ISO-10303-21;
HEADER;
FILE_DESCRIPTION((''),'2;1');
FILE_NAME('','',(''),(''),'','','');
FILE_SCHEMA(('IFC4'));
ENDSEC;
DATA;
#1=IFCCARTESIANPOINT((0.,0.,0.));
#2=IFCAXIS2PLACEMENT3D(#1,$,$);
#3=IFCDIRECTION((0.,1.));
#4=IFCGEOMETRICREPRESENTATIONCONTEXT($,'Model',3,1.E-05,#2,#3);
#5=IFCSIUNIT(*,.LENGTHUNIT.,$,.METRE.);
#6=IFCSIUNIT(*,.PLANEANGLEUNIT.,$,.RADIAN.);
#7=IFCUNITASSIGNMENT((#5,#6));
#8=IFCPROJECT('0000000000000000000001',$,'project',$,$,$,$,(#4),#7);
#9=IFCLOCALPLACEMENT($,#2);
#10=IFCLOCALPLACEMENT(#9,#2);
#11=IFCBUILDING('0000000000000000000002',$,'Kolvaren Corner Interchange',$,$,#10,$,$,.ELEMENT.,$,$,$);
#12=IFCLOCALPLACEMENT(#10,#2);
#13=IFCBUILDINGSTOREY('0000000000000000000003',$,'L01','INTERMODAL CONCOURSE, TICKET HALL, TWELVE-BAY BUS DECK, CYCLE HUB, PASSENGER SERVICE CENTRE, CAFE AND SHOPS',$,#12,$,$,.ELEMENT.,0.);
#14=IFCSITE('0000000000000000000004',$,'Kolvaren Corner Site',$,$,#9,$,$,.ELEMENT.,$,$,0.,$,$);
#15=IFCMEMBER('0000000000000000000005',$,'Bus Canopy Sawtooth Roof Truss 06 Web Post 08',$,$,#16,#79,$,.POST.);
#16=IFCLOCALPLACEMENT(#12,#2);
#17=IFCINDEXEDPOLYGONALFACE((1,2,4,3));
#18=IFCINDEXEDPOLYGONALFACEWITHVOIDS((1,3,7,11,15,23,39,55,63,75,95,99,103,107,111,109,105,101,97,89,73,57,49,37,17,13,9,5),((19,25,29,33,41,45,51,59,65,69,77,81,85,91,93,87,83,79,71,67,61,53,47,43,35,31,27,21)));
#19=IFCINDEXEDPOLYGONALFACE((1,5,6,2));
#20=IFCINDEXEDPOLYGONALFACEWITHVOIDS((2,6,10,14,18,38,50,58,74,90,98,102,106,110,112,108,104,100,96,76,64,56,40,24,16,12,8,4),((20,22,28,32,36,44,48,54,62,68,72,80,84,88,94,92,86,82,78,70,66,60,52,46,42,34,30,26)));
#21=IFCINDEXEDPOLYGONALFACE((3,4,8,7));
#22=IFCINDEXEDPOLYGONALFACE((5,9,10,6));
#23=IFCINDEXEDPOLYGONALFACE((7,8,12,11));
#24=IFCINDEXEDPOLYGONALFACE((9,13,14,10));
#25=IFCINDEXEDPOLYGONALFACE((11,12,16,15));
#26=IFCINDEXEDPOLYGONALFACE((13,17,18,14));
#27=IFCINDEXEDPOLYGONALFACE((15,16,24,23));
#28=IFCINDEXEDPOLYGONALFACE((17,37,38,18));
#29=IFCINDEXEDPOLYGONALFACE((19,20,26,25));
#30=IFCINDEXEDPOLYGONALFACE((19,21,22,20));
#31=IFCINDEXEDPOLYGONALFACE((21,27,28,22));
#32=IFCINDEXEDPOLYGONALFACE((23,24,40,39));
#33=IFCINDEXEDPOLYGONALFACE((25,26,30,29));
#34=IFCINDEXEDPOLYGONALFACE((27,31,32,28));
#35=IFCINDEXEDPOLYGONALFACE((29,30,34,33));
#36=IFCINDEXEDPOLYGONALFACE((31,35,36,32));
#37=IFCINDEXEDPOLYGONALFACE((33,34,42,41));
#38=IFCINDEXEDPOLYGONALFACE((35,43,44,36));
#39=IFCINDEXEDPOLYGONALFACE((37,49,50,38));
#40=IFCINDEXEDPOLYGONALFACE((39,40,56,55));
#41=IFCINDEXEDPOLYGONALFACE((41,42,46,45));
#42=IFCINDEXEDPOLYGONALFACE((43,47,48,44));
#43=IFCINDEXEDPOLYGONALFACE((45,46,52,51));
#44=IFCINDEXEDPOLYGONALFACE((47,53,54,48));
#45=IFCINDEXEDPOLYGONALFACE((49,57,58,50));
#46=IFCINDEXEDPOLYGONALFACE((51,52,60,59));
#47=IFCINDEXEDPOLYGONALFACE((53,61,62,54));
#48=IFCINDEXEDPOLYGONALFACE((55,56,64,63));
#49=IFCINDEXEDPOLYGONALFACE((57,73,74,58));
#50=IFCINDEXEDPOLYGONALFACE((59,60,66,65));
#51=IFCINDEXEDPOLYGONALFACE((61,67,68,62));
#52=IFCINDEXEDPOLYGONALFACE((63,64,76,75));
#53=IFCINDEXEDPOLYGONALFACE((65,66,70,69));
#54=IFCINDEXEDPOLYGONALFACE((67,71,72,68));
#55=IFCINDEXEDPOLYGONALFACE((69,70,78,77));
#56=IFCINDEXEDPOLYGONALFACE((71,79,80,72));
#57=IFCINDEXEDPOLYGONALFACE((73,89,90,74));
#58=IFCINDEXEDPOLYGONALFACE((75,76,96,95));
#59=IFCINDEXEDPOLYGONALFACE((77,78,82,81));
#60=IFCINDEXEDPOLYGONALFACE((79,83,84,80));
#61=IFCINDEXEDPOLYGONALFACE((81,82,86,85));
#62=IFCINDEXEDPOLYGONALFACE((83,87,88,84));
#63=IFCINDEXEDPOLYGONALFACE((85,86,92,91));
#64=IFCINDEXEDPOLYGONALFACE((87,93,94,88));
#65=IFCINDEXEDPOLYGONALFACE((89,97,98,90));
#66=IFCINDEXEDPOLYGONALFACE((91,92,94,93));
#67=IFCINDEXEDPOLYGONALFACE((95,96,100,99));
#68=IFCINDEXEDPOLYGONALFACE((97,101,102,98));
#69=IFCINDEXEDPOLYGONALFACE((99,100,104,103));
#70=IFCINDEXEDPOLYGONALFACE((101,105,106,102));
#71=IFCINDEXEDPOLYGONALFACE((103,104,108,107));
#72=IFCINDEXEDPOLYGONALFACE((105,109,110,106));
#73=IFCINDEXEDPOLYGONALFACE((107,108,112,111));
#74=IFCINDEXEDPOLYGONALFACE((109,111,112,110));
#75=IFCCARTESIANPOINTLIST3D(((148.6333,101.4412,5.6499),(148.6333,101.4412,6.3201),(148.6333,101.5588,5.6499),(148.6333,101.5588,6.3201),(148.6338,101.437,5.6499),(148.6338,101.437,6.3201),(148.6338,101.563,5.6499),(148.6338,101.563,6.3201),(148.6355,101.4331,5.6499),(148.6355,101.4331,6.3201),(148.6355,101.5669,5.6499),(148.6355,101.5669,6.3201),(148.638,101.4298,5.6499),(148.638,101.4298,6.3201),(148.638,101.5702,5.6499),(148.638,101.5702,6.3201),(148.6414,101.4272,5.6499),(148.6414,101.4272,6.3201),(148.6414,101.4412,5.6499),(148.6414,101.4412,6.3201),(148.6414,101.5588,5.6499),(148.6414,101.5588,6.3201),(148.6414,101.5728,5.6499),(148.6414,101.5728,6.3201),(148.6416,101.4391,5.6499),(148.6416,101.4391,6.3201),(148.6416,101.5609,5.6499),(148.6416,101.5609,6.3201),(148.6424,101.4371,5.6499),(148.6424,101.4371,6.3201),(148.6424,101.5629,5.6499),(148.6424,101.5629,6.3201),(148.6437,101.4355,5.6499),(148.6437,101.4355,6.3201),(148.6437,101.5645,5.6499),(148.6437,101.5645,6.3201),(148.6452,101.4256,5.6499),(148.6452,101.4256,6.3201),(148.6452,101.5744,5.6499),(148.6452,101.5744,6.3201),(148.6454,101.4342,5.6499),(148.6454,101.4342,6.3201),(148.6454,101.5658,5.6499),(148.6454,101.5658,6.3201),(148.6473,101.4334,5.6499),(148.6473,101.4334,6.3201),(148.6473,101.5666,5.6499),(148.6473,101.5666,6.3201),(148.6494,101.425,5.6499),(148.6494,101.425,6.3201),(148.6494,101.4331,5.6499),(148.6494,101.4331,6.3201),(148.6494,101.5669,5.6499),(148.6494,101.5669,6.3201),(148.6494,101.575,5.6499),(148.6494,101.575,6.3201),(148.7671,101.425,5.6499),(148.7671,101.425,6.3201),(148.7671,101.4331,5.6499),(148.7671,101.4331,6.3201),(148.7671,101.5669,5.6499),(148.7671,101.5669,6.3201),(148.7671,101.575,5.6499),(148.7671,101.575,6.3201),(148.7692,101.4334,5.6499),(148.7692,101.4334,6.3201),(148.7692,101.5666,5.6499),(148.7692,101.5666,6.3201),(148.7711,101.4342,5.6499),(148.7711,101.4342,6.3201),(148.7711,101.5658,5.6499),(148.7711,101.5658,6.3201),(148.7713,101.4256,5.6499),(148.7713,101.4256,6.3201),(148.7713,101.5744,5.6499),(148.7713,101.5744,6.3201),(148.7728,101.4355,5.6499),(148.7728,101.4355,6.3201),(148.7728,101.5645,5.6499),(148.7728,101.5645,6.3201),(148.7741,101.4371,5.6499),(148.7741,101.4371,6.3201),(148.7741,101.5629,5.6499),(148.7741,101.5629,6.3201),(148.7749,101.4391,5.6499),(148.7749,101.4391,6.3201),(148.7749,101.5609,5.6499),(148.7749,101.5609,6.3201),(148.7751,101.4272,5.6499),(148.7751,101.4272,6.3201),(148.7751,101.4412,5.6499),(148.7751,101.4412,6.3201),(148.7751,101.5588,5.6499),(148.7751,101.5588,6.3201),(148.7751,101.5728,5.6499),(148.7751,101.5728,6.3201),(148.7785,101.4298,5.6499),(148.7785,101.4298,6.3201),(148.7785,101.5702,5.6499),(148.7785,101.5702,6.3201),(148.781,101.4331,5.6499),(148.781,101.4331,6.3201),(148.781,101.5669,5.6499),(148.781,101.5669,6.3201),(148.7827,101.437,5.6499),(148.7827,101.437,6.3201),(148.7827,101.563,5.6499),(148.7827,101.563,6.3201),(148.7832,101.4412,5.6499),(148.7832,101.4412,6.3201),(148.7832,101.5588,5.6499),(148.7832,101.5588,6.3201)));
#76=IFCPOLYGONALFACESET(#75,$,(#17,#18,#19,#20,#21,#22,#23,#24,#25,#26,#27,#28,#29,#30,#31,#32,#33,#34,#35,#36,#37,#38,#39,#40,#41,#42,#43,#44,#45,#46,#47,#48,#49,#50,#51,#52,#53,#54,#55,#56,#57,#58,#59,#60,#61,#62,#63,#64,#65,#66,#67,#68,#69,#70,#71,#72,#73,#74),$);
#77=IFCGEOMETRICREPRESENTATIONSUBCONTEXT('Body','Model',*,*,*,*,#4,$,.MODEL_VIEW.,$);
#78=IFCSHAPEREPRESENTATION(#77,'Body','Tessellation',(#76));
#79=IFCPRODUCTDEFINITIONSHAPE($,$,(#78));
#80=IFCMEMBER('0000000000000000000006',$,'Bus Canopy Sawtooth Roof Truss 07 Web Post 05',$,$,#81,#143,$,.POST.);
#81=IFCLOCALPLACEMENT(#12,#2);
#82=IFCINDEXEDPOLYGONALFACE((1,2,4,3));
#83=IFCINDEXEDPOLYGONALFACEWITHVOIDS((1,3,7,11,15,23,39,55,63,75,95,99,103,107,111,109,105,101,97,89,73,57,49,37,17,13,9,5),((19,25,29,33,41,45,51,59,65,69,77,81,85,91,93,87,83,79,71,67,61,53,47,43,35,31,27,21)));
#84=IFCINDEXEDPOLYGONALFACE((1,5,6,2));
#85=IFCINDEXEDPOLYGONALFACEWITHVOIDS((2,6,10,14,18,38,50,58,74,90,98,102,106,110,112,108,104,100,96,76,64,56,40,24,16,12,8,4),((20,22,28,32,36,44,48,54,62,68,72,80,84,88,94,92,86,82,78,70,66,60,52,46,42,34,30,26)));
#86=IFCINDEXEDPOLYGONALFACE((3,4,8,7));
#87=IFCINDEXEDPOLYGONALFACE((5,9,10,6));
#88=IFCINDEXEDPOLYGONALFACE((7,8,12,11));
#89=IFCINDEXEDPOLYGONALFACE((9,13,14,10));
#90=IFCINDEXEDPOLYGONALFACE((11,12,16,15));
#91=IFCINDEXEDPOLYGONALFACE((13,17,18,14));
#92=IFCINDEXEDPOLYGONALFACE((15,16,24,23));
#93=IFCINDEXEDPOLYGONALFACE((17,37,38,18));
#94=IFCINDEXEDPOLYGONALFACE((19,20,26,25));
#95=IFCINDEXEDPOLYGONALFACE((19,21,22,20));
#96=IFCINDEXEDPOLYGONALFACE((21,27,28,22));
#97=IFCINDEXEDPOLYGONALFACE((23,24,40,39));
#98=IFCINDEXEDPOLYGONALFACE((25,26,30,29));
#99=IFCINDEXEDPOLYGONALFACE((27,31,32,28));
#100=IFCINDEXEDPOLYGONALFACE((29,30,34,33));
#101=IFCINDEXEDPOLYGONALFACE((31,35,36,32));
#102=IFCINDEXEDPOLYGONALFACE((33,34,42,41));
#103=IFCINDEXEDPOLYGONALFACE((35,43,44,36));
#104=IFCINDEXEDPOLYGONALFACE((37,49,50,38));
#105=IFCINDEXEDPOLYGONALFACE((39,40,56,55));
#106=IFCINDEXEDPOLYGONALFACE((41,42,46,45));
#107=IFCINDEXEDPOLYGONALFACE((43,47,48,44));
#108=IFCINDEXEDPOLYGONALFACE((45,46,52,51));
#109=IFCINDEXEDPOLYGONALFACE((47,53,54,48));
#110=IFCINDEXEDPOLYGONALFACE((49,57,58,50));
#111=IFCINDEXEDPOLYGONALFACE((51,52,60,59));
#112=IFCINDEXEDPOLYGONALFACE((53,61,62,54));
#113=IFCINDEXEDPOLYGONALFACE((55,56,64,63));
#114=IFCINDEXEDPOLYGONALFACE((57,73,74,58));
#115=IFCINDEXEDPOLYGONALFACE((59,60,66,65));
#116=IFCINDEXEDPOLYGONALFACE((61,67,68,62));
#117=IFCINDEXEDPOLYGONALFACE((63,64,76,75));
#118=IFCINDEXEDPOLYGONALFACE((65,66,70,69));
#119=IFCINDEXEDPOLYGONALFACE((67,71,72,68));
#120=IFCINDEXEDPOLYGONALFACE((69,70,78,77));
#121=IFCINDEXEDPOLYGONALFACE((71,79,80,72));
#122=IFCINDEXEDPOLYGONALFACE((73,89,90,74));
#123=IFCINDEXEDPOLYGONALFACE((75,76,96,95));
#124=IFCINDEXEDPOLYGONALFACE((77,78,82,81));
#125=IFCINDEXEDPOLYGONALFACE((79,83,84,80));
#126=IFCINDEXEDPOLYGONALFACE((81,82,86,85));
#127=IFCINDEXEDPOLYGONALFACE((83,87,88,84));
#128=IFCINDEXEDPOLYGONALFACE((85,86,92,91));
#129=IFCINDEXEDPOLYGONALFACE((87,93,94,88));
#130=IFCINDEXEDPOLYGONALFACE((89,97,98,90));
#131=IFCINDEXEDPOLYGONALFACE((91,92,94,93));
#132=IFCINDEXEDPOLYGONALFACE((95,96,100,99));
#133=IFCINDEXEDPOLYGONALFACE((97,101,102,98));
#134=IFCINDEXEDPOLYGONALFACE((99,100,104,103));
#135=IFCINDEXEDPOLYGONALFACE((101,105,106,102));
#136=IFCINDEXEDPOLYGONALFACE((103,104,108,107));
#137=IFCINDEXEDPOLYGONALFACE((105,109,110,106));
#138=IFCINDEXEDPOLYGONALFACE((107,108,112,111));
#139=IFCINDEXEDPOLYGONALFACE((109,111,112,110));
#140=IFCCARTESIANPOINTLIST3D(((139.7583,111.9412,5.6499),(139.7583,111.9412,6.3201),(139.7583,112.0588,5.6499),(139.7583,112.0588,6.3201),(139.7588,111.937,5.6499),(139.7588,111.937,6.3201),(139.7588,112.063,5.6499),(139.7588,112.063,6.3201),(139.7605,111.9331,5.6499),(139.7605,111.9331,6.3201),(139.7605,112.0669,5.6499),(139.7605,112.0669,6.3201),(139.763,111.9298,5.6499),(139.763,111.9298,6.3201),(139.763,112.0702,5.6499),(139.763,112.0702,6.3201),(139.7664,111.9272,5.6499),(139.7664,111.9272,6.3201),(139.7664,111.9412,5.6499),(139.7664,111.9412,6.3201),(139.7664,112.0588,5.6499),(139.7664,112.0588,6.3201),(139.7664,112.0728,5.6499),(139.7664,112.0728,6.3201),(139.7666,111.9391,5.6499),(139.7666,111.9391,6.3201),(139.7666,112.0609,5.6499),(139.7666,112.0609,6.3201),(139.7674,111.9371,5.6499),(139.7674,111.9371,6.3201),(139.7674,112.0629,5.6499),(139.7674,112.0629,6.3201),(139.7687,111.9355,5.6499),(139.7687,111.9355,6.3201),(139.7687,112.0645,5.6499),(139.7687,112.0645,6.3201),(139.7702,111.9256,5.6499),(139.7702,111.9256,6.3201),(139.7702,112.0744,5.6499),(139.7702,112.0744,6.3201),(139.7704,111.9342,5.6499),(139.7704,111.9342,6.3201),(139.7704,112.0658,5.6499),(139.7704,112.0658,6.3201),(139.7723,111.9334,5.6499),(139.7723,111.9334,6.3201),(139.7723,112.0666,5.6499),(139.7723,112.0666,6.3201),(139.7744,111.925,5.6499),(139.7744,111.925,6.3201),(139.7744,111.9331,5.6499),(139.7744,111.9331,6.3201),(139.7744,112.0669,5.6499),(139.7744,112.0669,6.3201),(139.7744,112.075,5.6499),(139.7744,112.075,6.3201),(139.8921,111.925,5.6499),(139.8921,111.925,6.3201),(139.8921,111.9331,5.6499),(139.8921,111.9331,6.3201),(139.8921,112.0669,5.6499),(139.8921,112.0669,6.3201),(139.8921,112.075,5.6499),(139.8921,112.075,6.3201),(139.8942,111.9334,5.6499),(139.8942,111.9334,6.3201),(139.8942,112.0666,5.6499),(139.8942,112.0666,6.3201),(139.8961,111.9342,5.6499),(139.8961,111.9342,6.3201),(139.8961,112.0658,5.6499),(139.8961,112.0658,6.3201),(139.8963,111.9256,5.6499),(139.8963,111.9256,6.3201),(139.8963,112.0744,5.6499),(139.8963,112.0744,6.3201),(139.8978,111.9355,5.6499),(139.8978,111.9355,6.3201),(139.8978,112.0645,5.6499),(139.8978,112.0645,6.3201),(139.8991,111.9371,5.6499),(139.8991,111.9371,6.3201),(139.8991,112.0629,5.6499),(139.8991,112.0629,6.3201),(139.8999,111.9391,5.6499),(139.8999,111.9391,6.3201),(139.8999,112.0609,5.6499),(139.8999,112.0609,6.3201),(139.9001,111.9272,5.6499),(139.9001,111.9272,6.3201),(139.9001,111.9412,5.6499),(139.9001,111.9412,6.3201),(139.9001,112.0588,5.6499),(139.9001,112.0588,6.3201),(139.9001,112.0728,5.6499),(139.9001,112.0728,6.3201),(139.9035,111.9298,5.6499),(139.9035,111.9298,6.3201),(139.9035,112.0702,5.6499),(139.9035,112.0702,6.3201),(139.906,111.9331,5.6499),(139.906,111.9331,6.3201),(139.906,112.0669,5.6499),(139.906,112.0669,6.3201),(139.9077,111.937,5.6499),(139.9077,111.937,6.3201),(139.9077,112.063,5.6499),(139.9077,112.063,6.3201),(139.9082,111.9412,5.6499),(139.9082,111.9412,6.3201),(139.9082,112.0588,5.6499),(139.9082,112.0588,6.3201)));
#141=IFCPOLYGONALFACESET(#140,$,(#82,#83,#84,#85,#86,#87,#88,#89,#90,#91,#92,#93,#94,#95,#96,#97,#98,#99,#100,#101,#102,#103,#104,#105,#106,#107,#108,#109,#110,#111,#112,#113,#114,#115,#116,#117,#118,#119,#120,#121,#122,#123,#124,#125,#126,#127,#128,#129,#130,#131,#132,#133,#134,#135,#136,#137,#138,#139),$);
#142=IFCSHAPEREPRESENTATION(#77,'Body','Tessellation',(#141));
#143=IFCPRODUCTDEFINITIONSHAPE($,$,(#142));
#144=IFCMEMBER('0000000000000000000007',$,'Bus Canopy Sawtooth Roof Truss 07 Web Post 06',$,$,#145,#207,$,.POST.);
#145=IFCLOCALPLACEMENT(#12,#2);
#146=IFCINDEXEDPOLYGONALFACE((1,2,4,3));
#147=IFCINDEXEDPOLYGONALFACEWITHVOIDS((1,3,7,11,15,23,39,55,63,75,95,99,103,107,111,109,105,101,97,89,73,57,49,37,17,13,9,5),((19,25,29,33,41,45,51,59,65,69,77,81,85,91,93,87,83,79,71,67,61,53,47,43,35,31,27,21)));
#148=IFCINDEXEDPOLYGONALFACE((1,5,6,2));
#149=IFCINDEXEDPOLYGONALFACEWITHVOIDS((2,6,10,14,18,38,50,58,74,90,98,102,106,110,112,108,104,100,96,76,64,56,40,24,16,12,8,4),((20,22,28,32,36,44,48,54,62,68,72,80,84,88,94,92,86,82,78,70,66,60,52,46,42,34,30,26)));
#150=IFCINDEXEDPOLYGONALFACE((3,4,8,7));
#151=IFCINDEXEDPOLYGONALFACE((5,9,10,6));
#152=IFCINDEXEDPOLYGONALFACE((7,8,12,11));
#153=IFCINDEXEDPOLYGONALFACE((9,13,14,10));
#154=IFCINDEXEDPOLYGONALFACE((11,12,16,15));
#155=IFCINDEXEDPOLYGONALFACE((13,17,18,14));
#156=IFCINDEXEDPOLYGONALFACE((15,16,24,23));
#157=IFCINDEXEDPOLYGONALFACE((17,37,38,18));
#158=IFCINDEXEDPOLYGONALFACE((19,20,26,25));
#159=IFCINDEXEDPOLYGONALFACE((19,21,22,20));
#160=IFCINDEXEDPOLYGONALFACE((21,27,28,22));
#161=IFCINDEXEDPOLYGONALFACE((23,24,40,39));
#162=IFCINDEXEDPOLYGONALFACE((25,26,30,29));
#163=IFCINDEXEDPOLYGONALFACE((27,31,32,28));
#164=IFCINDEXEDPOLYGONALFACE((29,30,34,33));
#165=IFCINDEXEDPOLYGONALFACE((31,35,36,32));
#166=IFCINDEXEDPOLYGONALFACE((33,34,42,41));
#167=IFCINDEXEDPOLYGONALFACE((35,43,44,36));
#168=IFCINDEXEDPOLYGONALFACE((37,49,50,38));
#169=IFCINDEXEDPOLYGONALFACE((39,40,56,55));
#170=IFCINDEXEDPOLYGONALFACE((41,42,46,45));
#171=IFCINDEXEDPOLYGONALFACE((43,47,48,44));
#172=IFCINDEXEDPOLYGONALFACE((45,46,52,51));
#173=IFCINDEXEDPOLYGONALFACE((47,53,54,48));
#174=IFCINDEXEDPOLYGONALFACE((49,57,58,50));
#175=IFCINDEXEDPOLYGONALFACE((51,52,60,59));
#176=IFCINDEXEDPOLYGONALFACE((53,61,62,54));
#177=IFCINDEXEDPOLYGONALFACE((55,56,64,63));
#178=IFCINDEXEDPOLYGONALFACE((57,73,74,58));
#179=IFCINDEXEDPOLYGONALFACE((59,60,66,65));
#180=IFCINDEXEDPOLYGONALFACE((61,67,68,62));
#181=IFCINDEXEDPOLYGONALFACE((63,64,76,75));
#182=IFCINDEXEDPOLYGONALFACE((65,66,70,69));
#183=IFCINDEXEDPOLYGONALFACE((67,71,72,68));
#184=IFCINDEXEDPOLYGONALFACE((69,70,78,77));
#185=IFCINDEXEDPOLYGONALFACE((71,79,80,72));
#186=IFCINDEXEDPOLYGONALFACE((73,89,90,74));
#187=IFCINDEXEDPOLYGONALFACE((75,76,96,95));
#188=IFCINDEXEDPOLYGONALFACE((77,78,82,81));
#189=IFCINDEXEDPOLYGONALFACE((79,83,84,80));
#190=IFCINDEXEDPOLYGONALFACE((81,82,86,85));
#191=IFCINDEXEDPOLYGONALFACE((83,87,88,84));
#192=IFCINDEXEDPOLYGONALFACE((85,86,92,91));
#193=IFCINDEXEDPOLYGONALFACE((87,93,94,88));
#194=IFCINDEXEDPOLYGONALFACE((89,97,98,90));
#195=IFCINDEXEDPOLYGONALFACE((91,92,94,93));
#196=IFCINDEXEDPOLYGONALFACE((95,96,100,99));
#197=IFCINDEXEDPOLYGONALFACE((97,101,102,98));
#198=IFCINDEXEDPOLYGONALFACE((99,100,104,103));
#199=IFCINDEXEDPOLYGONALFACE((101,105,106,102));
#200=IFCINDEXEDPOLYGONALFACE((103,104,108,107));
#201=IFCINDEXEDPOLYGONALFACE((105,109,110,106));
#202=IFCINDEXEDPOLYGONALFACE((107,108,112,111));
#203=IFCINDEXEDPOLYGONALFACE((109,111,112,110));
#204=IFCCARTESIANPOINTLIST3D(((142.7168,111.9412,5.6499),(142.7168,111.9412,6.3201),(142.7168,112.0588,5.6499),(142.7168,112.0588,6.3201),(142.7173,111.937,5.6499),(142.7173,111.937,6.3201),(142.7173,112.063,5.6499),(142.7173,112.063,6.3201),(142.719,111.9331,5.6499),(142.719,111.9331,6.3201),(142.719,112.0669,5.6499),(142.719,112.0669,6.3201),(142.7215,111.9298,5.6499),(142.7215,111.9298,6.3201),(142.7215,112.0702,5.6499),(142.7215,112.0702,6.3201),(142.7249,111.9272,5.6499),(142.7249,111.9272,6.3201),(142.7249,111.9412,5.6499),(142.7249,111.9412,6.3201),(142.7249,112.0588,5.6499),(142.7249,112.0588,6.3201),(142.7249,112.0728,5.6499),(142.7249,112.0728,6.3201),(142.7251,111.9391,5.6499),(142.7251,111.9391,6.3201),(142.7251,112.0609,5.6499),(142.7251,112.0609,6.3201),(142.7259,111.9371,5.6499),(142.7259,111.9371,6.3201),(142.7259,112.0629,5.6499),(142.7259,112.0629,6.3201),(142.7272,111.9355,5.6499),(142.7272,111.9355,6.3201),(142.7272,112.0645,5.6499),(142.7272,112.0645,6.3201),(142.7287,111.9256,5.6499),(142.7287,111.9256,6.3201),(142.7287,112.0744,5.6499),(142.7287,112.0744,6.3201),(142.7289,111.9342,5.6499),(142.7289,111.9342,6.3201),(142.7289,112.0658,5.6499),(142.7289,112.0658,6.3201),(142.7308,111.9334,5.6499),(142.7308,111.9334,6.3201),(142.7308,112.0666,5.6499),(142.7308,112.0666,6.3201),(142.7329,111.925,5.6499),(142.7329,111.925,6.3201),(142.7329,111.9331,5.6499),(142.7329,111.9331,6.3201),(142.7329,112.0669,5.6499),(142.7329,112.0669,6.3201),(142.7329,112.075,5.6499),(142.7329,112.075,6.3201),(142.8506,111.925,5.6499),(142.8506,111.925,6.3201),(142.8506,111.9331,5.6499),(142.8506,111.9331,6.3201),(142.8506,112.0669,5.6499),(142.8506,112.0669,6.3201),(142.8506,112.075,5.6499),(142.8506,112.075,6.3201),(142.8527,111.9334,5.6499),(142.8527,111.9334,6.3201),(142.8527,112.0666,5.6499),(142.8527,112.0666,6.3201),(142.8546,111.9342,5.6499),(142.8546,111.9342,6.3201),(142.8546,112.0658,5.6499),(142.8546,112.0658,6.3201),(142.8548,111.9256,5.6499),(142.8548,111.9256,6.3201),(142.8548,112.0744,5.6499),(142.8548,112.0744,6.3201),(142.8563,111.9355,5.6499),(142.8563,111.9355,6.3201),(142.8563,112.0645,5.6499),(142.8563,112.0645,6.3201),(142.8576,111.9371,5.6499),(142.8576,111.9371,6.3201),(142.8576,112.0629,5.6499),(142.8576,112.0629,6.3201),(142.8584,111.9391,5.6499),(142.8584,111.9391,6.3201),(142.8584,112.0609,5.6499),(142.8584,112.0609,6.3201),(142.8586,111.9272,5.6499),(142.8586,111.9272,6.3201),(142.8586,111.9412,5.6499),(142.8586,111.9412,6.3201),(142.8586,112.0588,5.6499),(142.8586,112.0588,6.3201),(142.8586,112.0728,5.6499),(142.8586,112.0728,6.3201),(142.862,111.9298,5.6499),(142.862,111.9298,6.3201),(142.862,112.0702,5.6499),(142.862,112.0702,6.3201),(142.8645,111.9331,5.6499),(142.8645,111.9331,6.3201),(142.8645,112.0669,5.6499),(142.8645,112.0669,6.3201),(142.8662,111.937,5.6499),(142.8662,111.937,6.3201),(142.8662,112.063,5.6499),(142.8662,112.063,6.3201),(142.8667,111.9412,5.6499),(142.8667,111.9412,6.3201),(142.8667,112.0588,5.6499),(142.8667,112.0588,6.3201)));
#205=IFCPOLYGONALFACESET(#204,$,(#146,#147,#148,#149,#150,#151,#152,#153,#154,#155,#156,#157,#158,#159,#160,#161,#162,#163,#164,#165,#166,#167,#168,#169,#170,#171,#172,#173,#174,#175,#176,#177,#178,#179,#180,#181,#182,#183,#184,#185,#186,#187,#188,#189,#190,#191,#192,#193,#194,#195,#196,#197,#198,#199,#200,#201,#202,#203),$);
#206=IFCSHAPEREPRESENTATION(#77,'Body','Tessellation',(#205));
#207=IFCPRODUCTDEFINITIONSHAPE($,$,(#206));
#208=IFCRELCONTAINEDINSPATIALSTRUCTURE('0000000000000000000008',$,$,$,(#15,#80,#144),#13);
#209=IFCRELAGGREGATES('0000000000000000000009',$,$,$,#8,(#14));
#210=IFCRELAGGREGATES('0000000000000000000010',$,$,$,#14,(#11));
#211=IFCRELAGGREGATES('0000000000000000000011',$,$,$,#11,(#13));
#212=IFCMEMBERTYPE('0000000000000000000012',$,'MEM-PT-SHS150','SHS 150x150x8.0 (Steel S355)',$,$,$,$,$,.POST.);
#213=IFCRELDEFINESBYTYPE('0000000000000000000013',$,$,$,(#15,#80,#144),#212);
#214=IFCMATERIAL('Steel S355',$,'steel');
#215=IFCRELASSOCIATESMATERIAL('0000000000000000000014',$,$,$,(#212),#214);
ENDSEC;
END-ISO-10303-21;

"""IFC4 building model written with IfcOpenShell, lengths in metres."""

from ifc_helpers import new_model, si_unit, direction, frame, origin, origin_2d, place, context, subcontext, project, spatial, hollow_rectangle, extrude, material, material_profile, profile_set, type_object, element, save


model = new_model("IFC4")

# Units and contexts
model_context = context("Model", 3, precision=1e-05, world=origin(), true_north=direction((0.0, 1.0)))
body_context = subcontext(model_context, "Body", "Model", "MODEL_VIEW")
ifc_project = project(units=[si_unit("LENGTHUNIT", "METRE"), si_unit("PLANEANGLEUNIT", "RADIAN")], contexts=[model_context])

# Site, building, storey
site_placement = place(None, origin())
site = spatial("IfcSite", under=ifc_project, at=site_placement, Name="Kolvaren Corner Site", CompositionType="ELEMENT", RefElevation=0.0)
building_placement = place(site_placement, origin())
building = spatial("IfcBuilding", under=site, at=building_placement, Name="Kolvaren Corner Interchange", CompositionType="ELEMENT")
storey_placement = place(building_placement, origin())
storey = spatial("IfcBuildingStorey", under=building, at=storey_placement, Name="L01", Description="INTERMODAL CONCOURSE, TICKET HALL, TWELVE-BAY BUS DECK, CYCLE HUB, PASSENGER SERVICE CENTRE, CAFE AND SHOPS", CompositionType="ELEMENT", Elevation=0.0)

# Members
ifc_material_1 = material(Name="Steel S355", Category="steel")
ifc_material_profile_1 = material_profile(ifc_material_1, hollow_rectangle(XDim=0.1499, YDim=0.1499, WallThickness=0.0081, InnerFilletRadius=0.0081, OuterFilletRadius=0.0161, at=origin_2d()), Name="SHS 150x150x8.0")
ifc_profile_set_1 = profile_set([ifc_material_profile_1], Name="Steel S355")
member_type_1 = type_object("IfcMemberType", Name="MEM-PT-SHS150", Description="SHS 150x150x8.0 (Steel S355)", PredefinedType="POST", material=ifc_profile_set_1)
for number, where, z_axis, x_axis, name in (
    (1, (148.7083, 101.5, 5.6499), (0.0, 0.0, 1.0), (1.0, 0.0, 0.0), "Bus Canopy Sawtooth Roof Truss 06 Web Post 08"),
    (2, (139.8333, 112.0, 5.6499), (0.0, 0.0, 1.0), (1.0, 0.0, 0.0), "Bus Canopy Sawtooth Roof Truss 07 Web Post 05"),
    (3, (142.7917, 112.0, 5.6499), (0.0, 0.0, 1.0), (1.0, 0.0, 0.0), "Bus Canopy Sawtooth Roof Truss 07 Web Post 06"),
):
    element("IfcMember", number, at=place(storey_placement, frame(where, z_axis=z_axis, x_axis=x_axis)), inside=storey, type_object=member_type_1, Name=name, PredefinedType="POST", context=body_context, shape_type="SweptSolid", body=[
        extrude(hollow_rectangle(XDim=0.1499, YDim=0.1499, WallThickness=0.0081, InnerFilletRadius=0.0081, OuterFilletRadius=0.0161, at=origin_2d()), origin(), (0.0, 0.0, 1.0), 0.6702),
    ])

save(model, "model.ifc")
